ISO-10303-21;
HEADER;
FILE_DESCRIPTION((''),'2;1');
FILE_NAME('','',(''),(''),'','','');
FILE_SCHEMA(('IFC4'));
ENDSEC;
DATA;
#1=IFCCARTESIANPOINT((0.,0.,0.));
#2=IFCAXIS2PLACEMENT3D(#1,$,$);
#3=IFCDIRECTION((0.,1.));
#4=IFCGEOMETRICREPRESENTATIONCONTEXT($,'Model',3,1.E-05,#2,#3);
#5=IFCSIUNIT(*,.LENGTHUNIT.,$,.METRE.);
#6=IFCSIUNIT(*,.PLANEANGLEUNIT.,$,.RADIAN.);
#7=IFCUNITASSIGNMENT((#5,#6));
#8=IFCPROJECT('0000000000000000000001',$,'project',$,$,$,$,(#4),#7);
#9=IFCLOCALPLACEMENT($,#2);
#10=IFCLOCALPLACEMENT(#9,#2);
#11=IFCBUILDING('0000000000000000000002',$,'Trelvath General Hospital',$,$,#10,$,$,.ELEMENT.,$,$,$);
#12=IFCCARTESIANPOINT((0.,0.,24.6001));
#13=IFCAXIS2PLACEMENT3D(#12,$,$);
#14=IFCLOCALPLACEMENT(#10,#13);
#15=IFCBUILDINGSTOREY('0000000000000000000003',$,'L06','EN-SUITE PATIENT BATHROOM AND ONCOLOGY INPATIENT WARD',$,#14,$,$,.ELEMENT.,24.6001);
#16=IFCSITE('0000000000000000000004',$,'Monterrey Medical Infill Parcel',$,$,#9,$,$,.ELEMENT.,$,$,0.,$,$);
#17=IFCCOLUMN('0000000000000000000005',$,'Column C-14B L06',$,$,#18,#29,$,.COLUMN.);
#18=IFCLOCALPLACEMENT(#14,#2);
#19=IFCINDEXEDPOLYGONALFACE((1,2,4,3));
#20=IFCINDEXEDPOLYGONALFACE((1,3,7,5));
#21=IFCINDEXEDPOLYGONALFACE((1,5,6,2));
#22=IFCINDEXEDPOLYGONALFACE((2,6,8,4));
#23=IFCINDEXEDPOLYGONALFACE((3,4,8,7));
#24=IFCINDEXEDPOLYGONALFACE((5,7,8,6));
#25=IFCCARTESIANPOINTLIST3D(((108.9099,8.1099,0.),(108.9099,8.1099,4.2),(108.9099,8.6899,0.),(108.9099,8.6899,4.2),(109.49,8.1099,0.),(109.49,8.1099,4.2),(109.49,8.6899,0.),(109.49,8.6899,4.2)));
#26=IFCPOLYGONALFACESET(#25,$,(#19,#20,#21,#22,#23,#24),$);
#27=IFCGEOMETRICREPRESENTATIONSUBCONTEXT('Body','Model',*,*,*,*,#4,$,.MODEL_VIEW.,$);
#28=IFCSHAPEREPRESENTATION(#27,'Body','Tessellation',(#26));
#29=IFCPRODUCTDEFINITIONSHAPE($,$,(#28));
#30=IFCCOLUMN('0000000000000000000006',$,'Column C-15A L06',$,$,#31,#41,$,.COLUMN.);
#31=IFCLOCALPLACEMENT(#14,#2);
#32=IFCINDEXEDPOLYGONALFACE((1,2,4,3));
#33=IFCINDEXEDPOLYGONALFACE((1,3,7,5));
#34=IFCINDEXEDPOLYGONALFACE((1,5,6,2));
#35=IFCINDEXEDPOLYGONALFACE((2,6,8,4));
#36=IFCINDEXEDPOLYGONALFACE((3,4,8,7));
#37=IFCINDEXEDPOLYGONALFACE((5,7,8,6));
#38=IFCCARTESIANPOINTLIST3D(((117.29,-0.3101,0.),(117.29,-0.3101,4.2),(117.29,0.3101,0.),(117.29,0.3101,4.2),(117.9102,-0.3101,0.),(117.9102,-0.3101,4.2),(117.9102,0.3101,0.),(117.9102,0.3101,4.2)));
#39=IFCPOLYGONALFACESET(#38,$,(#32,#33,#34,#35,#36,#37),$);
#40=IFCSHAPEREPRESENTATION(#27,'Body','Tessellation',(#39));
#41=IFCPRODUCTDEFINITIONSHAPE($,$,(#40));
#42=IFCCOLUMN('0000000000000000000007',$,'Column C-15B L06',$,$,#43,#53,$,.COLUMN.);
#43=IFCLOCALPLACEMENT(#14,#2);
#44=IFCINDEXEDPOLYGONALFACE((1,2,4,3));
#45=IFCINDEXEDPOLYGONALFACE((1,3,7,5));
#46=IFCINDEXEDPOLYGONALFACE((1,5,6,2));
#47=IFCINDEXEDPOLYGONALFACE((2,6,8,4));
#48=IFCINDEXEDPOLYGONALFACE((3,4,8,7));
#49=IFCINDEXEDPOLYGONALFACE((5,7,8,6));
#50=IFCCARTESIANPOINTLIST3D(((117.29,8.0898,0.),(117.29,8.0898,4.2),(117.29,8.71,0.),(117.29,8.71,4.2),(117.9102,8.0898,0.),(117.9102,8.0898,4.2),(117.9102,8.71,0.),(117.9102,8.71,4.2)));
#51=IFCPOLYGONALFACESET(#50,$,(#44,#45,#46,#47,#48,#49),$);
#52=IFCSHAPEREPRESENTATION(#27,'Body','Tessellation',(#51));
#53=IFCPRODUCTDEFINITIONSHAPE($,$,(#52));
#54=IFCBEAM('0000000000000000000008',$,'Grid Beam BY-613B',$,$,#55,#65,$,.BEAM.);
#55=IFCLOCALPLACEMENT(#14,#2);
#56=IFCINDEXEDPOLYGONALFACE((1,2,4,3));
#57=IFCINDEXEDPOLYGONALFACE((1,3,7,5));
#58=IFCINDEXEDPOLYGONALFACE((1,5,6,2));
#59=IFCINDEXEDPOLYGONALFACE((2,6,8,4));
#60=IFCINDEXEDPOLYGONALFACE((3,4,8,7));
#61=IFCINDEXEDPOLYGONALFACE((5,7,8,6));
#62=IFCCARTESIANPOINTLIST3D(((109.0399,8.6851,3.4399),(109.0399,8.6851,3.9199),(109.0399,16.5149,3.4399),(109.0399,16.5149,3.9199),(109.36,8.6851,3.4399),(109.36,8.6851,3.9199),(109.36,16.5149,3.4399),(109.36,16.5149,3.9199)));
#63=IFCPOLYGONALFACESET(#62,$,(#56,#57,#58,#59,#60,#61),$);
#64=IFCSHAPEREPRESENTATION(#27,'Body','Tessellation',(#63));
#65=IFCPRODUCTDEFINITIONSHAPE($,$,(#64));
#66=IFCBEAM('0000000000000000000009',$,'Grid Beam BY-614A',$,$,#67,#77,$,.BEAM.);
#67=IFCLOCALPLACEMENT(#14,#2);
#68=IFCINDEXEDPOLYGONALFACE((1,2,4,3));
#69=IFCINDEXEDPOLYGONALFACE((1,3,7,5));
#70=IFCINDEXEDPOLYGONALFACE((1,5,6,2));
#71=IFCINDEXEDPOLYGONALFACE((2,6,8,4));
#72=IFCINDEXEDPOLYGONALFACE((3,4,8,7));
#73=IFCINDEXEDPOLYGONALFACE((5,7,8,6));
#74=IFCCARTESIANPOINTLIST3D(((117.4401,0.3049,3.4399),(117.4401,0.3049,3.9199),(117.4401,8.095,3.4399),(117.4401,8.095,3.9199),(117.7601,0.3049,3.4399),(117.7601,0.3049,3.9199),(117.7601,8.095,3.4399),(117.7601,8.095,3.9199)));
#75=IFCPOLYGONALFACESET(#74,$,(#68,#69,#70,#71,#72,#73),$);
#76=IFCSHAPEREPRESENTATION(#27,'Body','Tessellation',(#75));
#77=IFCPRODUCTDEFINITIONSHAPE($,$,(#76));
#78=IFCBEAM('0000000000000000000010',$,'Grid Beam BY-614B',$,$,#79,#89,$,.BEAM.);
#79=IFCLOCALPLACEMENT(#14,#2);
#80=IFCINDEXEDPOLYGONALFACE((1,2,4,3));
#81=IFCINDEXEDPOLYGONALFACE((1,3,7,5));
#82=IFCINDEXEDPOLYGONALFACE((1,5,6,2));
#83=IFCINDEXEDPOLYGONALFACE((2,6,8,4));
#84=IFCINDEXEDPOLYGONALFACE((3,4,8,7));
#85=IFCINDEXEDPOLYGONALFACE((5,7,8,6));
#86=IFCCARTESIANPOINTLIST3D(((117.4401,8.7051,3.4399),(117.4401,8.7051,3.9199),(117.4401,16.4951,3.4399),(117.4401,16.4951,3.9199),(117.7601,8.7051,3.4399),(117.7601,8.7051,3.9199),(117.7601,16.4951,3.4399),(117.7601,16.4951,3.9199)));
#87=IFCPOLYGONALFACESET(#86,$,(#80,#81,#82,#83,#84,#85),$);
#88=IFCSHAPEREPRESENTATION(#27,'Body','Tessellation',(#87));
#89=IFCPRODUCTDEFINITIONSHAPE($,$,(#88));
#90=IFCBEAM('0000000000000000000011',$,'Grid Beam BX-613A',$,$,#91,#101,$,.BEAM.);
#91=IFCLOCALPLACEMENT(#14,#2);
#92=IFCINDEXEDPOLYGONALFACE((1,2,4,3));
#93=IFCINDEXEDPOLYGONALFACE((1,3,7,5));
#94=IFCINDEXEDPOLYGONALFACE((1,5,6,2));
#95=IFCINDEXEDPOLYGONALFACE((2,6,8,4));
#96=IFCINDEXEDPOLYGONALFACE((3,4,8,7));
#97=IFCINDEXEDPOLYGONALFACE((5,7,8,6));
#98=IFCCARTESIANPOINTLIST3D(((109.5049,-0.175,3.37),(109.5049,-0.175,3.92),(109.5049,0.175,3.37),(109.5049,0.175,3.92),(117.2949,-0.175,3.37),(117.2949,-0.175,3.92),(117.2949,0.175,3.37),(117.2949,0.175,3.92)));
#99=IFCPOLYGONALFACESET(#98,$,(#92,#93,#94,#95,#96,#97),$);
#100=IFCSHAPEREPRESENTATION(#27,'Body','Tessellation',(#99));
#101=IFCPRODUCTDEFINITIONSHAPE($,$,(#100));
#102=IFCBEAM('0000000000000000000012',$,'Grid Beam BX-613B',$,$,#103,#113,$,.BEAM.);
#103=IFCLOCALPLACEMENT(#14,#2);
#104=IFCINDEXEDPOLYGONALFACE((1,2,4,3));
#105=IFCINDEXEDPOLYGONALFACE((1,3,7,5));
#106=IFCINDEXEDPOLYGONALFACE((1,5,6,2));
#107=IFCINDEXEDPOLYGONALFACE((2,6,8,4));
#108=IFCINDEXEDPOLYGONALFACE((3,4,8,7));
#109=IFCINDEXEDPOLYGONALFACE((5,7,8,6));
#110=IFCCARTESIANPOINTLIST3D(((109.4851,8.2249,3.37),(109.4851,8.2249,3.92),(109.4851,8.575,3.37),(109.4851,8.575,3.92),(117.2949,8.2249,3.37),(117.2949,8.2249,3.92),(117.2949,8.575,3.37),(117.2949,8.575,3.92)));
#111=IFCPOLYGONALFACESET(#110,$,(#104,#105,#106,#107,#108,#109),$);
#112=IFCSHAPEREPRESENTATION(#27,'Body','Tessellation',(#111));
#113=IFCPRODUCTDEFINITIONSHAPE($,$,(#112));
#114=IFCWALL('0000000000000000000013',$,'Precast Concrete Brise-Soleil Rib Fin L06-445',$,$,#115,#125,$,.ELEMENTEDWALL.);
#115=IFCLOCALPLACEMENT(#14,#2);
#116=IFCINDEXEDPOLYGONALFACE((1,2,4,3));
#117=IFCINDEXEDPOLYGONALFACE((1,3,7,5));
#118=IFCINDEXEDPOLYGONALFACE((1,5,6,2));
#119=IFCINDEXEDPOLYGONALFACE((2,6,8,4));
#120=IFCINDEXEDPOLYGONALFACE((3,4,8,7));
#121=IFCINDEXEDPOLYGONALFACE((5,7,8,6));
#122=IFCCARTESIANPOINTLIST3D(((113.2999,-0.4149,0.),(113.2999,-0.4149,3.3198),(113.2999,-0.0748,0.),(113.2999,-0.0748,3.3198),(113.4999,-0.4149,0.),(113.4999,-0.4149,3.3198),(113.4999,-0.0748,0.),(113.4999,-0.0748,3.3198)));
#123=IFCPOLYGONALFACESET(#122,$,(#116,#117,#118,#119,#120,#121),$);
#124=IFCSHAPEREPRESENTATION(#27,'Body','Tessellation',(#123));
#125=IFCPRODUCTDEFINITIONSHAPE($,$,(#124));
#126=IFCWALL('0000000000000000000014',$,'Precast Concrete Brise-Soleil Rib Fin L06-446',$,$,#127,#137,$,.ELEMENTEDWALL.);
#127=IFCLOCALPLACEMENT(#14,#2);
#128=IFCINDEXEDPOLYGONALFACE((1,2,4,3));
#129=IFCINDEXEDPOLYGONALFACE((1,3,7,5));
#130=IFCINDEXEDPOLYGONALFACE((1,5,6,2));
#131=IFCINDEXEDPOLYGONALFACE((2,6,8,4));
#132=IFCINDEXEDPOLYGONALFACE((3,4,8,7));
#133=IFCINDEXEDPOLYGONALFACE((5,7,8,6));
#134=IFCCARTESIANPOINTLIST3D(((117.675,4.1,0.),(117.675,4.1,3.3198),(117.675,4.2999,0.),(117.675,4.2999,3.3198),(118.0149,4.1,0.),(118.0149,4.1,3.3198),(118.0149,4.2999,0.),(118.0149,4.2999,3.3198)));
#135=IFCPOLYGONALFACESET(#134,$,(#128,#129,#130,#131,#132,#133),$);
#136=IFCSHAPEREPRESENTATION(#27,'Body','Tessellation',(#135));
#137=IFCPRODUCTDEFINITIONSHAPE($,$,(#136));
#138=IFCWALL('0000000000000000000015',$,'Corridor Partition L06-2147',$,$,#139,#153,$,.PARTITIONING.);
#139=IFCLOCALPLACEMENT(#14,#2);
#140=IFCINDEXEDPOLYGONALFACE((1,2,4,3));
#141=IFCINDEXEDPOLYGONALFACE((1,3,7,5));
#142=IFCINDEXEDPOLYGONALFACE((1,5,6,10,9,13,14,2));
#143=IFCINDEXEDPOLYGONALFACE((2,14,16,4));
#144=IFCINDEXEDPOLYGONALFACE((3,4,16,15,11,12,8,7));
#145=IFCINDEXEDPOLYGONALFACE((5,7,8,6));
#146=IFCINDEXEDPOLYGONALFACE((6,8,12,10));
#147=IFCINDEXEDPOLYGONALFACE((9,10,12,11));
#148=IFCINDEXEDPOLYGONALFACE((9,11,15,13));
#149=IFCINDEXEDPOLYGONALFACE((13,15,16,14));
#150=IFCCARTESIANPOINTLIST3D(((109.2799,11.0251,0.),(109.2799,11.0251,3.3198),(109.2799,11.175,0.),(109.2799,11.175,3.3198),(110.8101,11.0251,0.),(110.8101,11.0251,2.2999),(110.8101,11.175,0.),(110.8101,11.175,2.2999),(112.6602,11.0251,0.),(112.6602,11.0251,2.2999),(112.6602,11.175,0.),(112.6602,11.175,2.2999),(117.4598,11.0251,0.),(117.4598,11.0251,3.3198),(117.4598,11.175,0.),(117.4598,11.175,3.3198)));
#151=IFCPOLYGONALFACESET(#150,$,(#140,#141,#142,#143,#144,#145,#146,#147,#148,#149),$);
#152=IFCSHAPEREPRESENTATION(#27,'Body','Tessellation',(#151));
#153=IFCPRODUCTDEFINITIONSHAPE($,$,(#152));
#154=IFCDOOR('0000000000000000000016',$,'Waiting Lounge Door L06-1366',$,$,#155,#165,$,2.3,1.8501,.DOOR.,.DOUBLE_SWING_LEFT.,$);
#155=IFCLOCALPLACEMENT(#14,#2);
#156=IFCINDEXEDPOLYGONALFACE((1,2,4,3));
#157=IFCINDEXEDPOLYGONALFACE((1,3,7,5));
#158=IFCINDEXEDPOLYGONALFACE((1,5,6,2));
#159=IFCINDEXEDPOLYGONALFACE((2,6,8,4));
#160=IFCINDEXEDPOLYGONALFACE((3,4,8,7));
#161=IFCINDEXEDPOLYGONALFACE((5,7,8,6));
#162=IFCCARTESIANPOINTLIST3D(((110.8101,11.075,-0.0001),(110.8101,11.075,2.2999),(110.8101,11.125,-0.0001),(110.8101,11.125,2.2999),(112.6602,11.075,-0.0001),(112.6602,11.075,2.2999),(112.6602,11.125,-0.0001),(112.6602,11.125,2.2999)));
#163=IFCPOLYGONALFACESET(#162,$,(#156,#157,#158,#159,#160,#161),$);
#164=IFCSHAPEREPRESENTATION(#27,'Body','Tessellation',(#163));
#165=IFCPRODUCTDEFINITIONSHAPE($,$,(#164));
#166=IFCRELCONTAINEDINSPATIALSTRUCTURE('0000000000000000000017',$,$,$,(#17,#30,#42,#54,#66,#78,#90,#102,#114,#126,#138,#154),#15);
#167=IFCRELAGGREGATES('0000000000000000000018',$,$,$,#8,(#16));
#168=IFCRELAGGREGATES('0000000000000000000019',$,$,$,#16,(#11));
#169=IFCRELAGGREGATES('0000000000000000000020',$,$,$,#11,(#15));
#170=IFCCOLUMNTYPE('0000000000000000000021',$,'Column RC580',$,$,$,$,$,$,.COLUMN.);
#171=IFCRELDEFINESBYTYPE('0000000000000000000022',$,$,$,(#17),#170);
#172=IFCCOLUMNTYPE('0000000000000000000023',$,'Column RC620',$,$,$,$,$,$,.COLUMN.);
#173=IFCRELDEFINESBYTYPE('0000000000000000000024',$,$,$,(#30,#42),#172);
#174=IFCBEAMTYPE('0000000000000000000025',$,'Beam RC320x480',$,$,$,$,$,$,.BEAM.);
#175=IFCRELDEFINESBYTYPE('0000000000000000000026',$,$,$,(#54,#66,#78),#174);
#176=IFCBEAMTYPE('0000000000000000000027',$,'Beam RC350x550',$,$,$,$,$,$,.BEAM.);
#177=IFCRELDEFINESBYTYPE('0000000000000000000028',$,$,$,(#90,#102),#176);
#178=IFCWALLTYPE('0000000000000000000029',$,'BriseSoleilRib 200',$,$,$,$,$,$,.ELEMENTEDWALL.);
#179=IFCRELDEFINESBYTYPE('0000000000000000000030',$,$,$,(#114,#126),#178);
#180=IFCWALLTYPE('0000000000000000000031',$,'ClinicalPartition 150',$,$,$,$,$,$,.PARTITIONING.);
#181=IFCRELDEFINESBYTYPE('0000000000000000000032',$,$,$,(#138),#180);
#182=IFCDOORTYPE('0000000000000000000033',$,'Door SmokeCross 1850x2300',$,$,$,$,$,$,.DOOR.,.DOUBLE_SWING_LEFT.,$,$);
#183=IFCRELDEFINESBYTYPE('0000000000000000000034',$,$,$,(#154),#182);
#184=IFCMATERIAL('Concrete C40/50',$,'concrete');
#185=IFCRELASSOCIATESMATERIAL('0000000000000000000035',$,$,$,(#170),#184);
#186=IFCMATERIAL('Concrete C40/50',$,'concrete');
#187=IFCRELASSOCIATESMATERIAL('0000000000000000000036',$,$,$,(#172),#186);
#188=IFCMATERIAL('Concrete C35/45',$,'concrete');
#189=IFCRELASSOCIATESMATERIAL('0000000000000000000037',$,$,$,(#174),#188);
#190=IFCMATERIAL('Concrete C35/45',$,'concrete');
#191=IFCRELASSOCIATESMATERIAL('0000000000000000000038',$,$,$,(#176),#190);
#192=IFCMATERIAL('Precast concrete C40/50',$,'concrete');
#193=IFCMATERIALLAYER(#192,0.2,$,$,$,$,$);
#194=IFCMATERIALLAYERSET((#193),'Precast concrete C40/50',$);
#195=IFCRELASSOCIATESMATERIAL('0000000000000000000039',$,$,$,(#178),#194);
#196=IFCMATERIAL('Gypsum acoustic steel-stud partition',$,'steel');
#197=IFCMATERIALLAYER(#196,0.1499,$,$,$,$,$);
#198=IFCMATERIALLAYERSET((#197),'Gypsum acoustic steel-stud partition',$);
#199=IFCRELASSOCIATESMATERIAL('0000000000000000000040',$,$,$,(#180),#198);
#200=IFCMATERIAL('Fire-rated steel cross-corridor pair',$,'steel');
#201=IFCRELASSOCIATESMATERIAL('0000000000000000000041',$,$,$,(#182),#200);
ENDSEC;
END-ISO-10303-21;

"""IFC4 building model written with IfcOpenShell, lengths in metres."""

from ifc_helpers import new_model, si_unit, direction, frame, frame_2d, origin, origin_2d, place, context, subcontext, project, spatial, rectangle, extrude, material, layer, layer_set, material_profile, profile_set, type_object, element, fill, save


model = new_model("IFC4")

# Units and contexts
model_context = context("Model", 3, precision=1e-05, world=origin(), true_north=direction((0.0, 1.0)))
body_context = subcontext(model_context, "Body", "Model", "MODEL_VIEW")
ifc_project = project(units=[si_unit("LENGTHUNIT", "METRE"), si_unit("PLANEANGLEUNIT", "RADIAN")], contexts=[model_context])

# Site, building, storey
site_placement = place(None, origin())
site = spatial("IfcSite", under=ifc_project, at=site_placement, Name="Monterrey Medical Infill Parcel", CompositionType="ELEMENT", RefElevation=0.0)
building_placement = place(site_placement, origin())
building = spatial("IfcBuilding", under=site, at=building_placement, Name="Trelvath General Hospital", CompositionType="ELEMENT")
storey_placement = place(building_placement, frame((0.0, 0.0, 24.6001)))
storey = spatial("IfcBuildingStorey", under=building, at=storey_placement, Name="L06", Description="EN-SUITE PATIENT BATHROOM AND ONCOLOGY INPATIENT WARD", CompositionType="ELEMENT", Elevation=24.6001)

# Columns
ifc_material_1 = material(Name="Concrete C40/50", Category="concrete")
ifc_material_profile_1 = material_profile(ifc_material_1, rectangle(XDim=0.5801, YDim=0.5801, at=origin_2d()), Name="RC580x580")
ifc_profile_set_1 = profile_set([ifc_material_profile_1], Name="Concrete C40/50")
column_type_1 = type_object("IfcColumnType", Name="Column RC580", PredefinedType="COLUMN", material=ifc_profile_set_1)
column_placement = place(storey_placement, frame((109.2, 8.3999, 0.0), z_axis=(0.0, 0.0, 1.0), x_axis=(1.0, 0.0, 0.0)))
element("IfcColumn", 1, at=column_placement, inside=storey, type_object=column_type_1, Name="Column C-14B L06", PredefinedType="COLUMN", context=body_context, shape_type="SweptSolid", body=[
    extrude(rectangle(XDim=0.5801, YDim=0.5801, at=origin_2d()), origin(), (0.0, 0.0, 1.0), 4.2),
])
ifc_material_2 = material(Name="Concrete C40/50", Category="concrete")
ifc_material_profile_2 = material_profile(ifc_material_2, rectangle(XDim=0.6201, YDim=0.6201, at=origin_2d()), Name="RC620x620")
ifc_profile_set_2 = profile_set([ifc_material_profile_2], Name="Concrete C40/50")
column_type_2 = type_object("IfcColumnType", Name="Column RC620", PredefinedType="COLUMN", material=ifc_profile_set_2)
for number, where, z_axis, x_axis, name in (
    (2, (117.6001, 0.0, 0.0), (0.0, 0.0, 1.0), (1.0, 0.0, 0.0), "Column C-15A L06"),
    (3, (117.6001, 8.3999, 0.0), (0.0, 0.0, 1.0), (1.0, 0.0, 0.0), "Column C-15B L06"),
):
    element("IfcColumn", number, at=place(storey_placement, frame(where, z_axis=z_axis, x_axis=x_axis)), inside=storey, type_object=column_type_2, Name=name, PredefinedType="COLUMN", context=body_context, shape_type="SweptSolid", body=[
        extrude(rectangle(XDim=0.6201, YDim=0.6201, at=origin_2d()), origin(), (0.0, 0.0, 1.0), 4.2),
    ])

# Beams
ifc_material_3 = material(Name="Concrete C35/45", Category="concrete")
ifc_material_profile_3 = material_profile(ifc_material_3, rectangle(XDim=0.3201, YDim=0.48, at=origin_2d()), Name="RCB320x480")
ifc_profile_set_3 = profile_set([ifc_material_profile_3], Name="Concrete C35/45")
beam_type_1 = type_object("IfcBeamType", Name="Beam RC320x480", PredefinedType="BEAM", material=ifc_profile_set_3)
beam_1_placement = place(storey_placement, frame((109.2, 8.6851, 3.6799), z_axis=(0.0, 1.0, 0.0), x_axis=(-1.0, 0.0, 0.0)))
element("IfcBeam", 4, at=beam_1_placement, inside=storey, type_object=beam_type_1, Name="Grid Beam BY-613B", PredefinedType="BEAM", context=body_context, shape_type="SweptSolid", body=[
    extrude(rectangle(XDim=0.3201, YDim=0.48, at=origin_2d()), origin(), (0.0, 0.0, 1.0), 7.8298),
])
for number, where, z_axis, x_axis, name in (
    (5, (117.6001, 0.3049, 3.6799), (0.0, 1.0, 0.0), (-1.0, 0.0, 0.0), "Grid Beam BY-614A"),
    (6, (117.6001, 8.7051, 3.6799), (0.0, 1.0, 0.0), (-1.0, 0.0, 0.0), "Grid Beam BY-614B"),
):
    element("IfcBeam", number, at=place(storey_placement, frame(where, z_axis=z_axis, x_axis=x_axis)), inside=storey, type_object=beam_type_1, Name=name, PredefinedType="BEAM", context=body_context, shape_type="SweptSolid", body=[
        extrude(rectangle(XDim=0.3201, YDim=0.48, at=origin_2d()), origin(), (0.0, 0.0, 1.0), 7.79),
    ])
ifc_material_4 = material(Name="Concrete C35/45", Category="concrete")
ifc_material_profile_4 = material_profile(ifc_material_4, rectangle(XDim=0.3501, YDim=0.55, at=origin_2d()), Name="RCB350x550")
ifc_profile_set_4 = profile_set([ifc_material_profile_4], Name="Concrete C35/45")
beam_type_2 = type_object("IfcBeamType", Name="Beam RC350x550", PredefinedType="BEAM", material=ifc_profile_set_4)
beam_2_placement = place(storey_placement, frame((109.5049, 0.0, 3.645), z_axis=(1.0, 0.0, 0.0), x_axis=(0.0, 1.0, 0.0)))
element("IfcBeam", 7, at=beam_2_placement, inside=storey, type_object=beam_type_2, Name="Grid Beam BX-613A", PredefinedType="BEAM", context=body_context, shape_type="SweptSolid", body=[
    extrude(rectangle(XDim=0.3501, YDim=0.55, at=origin_2d()), origin(), (0.0, 0.0, 1.0), 7.79),
])
beam_3_placement = place(storey_placement, frame((109.4851, 8.3999, 3.645), z_axis=(1.0, 0.0, 0.0), x_axis=(0.0, 1.0, 0.0)))
element("IfcBeam", 8, at=beam_3_placement, inside=storey, type_object=beam_type_2, Name="Grid Beam BX-613B", PredefinedType="BEAM", context=body_context, shape_type="SweptSolid", body=[
    extrude(rectangle(XDim=0.3501, YDim=0.55, at=origin_2d()), origin(), (0.0, 0.0, 1.0), 7.8098),
])

# Walls
ifc_material_5 = material(Name="Precast concrete C40/50", Category="concrete")
ifc_layer_1 = layer(ifc_material_5, 0.2)
ifc_layer_set_1 = layer_set([ifc_layer_1], Name="Precast concrete C40/50")
wall_type_1 = type_object("IfcWallType", Name="BriseSoleilRib 200", PredefinedType="ELEMENTEDWALL", material=ifc_layer_set_1)
wall_1_placement = place(storey_placement, frame((113.3999, -0.075, 0.0), z_axis=(0.0, 0.0, 1.0), x_axis=(0.0, -1.0, 0.0)))
element("IfcWall", 9, at=wall_1_placement, inside=storey, type_object=wall_type_1, Name="Precast Concrete Brise-Soleil Rib Fin L06-445", PredefinedType="ELEMENTEDWALL", context=body_context, shape_type="SweptSolid", body=[
    extrude(rectangle(XDim=0.3401, YDim=0.2, at=frame_2d((0.1699, 0.0))), origin(), (0.0, 0.0, 1.0), 3.3198),
])
wall_2_placement = place(storey_placement, frame((117.675, 4.2, 0.0), z_axis=(0.0, 0.0, 1.0), x_axis=(1.0, 0.0, 0.0)))
element("IfcWall", 10, at=wall_2_placement, inside=storey, type_object=wall_type_1, Name="Precast Concrete Brise-Soleil Rib Fin L06-446", PredefinedType="ELEMENTEDWALL", context=body_context, shape_type="SweptSolid", body=[
    extrude(rectangle(XDim=0.3398, YDim=0.2, at=frame_2d((0.1699, 0.0))), origin(), (0.0, 0.0, 1.0), 3.3198),
])

# Wall, opening, door
ifc_material_6 = material(Name="Gypsum acoustic steel-stud partition", Category="steel")
ifc_layer_2 = layer(ifc_material_6, 0.1499)
ifc_layer_set_2 = layer_set([ifc_layer_2], Name="Gypsum acoustic steel-stud partition")
wall_type_2 = type_object("IfcWallType", Name="ClinicalPartition 150", PredefinedType="PARTITIONING", material=ifc_layer_set_2)
wall_3_placement = place(storey_placement, frame((109.28, 11.1001, 0.0), z_axis=(0.0, 0.0, 1.0), x_axis=(1.0, 0.0, 0.0)))
wall_3 = element("IfcWall", 11, at=wall_3_placement, inside=storey, type_object=wall_type_2, Name="Corridor Partition L06-2147", PredefinedType="PARTITIONING", context=body_context, shape_type="SweptSolid", body=[
    extrude(rectangle(XDim=8.1799, YDim=0.1499, at=frame_2d((4.0898, 0.0))), origin(), (0.0, 0.0, 1.0), 3.3198),
])
opening_1_placement = place(wall_3_placement, frame((1.53, 0.0, 0.0)))
opening_1 = element("IfcOpeningElement", 12, at=opening_1_placement, cuts=wall_3, PredefinedType="OPENING", context=body_context, shape_type="SweptSolid", body=[
    extrude(rectangle(XDim=1.8501, YDim=2.3, at=frame_2d((0.925, 1.1499))), frame((0.0, 0.085, 0.0), z_axis=(0.0, -1.0, 0.0), x_axis=(1.0, 0.0, 0.0)), (0.0, 0.0, 1.0), 0.1699),
])
ifc_material_7 = material(Name="Fire-rated steel cross-corridor pair", Category="steel")
door_type = type_object("IfcDoorType", Name="Door SmokeCross 1850x2300", OperationType="DOUBLE_SWING_LEFT", PredefinedType="DOOR", material=ifc_material_7)
door_placement = place(opening_1_placement, origin())
door = element("IfcDoor", 13, at=door_placement, inside=storey, type_object=door_type, Name="Waiting Lounge Door L06-1366", OperationType="DOUBLE_SWING_LEFT", OverallHeight=2.3, OverallWidth=1.8501, PredefinedType="DOOR", context=body_context, shape_type="SweptSolid", body=[
    extrude(rectangle(XDim=1.8501, YDim=2.3, at=frame_2d((0.925, 1.1499))), frame((0.0, 0.0249, 0.0), z_axis=(0.0, -1.0, 0.0), x_axis=(1.0, 0.0, 0.0)), (0.0, 0.0, 1.0), 0.05),
])
fill(opening_1, door)

save(model, "model.ifc")
